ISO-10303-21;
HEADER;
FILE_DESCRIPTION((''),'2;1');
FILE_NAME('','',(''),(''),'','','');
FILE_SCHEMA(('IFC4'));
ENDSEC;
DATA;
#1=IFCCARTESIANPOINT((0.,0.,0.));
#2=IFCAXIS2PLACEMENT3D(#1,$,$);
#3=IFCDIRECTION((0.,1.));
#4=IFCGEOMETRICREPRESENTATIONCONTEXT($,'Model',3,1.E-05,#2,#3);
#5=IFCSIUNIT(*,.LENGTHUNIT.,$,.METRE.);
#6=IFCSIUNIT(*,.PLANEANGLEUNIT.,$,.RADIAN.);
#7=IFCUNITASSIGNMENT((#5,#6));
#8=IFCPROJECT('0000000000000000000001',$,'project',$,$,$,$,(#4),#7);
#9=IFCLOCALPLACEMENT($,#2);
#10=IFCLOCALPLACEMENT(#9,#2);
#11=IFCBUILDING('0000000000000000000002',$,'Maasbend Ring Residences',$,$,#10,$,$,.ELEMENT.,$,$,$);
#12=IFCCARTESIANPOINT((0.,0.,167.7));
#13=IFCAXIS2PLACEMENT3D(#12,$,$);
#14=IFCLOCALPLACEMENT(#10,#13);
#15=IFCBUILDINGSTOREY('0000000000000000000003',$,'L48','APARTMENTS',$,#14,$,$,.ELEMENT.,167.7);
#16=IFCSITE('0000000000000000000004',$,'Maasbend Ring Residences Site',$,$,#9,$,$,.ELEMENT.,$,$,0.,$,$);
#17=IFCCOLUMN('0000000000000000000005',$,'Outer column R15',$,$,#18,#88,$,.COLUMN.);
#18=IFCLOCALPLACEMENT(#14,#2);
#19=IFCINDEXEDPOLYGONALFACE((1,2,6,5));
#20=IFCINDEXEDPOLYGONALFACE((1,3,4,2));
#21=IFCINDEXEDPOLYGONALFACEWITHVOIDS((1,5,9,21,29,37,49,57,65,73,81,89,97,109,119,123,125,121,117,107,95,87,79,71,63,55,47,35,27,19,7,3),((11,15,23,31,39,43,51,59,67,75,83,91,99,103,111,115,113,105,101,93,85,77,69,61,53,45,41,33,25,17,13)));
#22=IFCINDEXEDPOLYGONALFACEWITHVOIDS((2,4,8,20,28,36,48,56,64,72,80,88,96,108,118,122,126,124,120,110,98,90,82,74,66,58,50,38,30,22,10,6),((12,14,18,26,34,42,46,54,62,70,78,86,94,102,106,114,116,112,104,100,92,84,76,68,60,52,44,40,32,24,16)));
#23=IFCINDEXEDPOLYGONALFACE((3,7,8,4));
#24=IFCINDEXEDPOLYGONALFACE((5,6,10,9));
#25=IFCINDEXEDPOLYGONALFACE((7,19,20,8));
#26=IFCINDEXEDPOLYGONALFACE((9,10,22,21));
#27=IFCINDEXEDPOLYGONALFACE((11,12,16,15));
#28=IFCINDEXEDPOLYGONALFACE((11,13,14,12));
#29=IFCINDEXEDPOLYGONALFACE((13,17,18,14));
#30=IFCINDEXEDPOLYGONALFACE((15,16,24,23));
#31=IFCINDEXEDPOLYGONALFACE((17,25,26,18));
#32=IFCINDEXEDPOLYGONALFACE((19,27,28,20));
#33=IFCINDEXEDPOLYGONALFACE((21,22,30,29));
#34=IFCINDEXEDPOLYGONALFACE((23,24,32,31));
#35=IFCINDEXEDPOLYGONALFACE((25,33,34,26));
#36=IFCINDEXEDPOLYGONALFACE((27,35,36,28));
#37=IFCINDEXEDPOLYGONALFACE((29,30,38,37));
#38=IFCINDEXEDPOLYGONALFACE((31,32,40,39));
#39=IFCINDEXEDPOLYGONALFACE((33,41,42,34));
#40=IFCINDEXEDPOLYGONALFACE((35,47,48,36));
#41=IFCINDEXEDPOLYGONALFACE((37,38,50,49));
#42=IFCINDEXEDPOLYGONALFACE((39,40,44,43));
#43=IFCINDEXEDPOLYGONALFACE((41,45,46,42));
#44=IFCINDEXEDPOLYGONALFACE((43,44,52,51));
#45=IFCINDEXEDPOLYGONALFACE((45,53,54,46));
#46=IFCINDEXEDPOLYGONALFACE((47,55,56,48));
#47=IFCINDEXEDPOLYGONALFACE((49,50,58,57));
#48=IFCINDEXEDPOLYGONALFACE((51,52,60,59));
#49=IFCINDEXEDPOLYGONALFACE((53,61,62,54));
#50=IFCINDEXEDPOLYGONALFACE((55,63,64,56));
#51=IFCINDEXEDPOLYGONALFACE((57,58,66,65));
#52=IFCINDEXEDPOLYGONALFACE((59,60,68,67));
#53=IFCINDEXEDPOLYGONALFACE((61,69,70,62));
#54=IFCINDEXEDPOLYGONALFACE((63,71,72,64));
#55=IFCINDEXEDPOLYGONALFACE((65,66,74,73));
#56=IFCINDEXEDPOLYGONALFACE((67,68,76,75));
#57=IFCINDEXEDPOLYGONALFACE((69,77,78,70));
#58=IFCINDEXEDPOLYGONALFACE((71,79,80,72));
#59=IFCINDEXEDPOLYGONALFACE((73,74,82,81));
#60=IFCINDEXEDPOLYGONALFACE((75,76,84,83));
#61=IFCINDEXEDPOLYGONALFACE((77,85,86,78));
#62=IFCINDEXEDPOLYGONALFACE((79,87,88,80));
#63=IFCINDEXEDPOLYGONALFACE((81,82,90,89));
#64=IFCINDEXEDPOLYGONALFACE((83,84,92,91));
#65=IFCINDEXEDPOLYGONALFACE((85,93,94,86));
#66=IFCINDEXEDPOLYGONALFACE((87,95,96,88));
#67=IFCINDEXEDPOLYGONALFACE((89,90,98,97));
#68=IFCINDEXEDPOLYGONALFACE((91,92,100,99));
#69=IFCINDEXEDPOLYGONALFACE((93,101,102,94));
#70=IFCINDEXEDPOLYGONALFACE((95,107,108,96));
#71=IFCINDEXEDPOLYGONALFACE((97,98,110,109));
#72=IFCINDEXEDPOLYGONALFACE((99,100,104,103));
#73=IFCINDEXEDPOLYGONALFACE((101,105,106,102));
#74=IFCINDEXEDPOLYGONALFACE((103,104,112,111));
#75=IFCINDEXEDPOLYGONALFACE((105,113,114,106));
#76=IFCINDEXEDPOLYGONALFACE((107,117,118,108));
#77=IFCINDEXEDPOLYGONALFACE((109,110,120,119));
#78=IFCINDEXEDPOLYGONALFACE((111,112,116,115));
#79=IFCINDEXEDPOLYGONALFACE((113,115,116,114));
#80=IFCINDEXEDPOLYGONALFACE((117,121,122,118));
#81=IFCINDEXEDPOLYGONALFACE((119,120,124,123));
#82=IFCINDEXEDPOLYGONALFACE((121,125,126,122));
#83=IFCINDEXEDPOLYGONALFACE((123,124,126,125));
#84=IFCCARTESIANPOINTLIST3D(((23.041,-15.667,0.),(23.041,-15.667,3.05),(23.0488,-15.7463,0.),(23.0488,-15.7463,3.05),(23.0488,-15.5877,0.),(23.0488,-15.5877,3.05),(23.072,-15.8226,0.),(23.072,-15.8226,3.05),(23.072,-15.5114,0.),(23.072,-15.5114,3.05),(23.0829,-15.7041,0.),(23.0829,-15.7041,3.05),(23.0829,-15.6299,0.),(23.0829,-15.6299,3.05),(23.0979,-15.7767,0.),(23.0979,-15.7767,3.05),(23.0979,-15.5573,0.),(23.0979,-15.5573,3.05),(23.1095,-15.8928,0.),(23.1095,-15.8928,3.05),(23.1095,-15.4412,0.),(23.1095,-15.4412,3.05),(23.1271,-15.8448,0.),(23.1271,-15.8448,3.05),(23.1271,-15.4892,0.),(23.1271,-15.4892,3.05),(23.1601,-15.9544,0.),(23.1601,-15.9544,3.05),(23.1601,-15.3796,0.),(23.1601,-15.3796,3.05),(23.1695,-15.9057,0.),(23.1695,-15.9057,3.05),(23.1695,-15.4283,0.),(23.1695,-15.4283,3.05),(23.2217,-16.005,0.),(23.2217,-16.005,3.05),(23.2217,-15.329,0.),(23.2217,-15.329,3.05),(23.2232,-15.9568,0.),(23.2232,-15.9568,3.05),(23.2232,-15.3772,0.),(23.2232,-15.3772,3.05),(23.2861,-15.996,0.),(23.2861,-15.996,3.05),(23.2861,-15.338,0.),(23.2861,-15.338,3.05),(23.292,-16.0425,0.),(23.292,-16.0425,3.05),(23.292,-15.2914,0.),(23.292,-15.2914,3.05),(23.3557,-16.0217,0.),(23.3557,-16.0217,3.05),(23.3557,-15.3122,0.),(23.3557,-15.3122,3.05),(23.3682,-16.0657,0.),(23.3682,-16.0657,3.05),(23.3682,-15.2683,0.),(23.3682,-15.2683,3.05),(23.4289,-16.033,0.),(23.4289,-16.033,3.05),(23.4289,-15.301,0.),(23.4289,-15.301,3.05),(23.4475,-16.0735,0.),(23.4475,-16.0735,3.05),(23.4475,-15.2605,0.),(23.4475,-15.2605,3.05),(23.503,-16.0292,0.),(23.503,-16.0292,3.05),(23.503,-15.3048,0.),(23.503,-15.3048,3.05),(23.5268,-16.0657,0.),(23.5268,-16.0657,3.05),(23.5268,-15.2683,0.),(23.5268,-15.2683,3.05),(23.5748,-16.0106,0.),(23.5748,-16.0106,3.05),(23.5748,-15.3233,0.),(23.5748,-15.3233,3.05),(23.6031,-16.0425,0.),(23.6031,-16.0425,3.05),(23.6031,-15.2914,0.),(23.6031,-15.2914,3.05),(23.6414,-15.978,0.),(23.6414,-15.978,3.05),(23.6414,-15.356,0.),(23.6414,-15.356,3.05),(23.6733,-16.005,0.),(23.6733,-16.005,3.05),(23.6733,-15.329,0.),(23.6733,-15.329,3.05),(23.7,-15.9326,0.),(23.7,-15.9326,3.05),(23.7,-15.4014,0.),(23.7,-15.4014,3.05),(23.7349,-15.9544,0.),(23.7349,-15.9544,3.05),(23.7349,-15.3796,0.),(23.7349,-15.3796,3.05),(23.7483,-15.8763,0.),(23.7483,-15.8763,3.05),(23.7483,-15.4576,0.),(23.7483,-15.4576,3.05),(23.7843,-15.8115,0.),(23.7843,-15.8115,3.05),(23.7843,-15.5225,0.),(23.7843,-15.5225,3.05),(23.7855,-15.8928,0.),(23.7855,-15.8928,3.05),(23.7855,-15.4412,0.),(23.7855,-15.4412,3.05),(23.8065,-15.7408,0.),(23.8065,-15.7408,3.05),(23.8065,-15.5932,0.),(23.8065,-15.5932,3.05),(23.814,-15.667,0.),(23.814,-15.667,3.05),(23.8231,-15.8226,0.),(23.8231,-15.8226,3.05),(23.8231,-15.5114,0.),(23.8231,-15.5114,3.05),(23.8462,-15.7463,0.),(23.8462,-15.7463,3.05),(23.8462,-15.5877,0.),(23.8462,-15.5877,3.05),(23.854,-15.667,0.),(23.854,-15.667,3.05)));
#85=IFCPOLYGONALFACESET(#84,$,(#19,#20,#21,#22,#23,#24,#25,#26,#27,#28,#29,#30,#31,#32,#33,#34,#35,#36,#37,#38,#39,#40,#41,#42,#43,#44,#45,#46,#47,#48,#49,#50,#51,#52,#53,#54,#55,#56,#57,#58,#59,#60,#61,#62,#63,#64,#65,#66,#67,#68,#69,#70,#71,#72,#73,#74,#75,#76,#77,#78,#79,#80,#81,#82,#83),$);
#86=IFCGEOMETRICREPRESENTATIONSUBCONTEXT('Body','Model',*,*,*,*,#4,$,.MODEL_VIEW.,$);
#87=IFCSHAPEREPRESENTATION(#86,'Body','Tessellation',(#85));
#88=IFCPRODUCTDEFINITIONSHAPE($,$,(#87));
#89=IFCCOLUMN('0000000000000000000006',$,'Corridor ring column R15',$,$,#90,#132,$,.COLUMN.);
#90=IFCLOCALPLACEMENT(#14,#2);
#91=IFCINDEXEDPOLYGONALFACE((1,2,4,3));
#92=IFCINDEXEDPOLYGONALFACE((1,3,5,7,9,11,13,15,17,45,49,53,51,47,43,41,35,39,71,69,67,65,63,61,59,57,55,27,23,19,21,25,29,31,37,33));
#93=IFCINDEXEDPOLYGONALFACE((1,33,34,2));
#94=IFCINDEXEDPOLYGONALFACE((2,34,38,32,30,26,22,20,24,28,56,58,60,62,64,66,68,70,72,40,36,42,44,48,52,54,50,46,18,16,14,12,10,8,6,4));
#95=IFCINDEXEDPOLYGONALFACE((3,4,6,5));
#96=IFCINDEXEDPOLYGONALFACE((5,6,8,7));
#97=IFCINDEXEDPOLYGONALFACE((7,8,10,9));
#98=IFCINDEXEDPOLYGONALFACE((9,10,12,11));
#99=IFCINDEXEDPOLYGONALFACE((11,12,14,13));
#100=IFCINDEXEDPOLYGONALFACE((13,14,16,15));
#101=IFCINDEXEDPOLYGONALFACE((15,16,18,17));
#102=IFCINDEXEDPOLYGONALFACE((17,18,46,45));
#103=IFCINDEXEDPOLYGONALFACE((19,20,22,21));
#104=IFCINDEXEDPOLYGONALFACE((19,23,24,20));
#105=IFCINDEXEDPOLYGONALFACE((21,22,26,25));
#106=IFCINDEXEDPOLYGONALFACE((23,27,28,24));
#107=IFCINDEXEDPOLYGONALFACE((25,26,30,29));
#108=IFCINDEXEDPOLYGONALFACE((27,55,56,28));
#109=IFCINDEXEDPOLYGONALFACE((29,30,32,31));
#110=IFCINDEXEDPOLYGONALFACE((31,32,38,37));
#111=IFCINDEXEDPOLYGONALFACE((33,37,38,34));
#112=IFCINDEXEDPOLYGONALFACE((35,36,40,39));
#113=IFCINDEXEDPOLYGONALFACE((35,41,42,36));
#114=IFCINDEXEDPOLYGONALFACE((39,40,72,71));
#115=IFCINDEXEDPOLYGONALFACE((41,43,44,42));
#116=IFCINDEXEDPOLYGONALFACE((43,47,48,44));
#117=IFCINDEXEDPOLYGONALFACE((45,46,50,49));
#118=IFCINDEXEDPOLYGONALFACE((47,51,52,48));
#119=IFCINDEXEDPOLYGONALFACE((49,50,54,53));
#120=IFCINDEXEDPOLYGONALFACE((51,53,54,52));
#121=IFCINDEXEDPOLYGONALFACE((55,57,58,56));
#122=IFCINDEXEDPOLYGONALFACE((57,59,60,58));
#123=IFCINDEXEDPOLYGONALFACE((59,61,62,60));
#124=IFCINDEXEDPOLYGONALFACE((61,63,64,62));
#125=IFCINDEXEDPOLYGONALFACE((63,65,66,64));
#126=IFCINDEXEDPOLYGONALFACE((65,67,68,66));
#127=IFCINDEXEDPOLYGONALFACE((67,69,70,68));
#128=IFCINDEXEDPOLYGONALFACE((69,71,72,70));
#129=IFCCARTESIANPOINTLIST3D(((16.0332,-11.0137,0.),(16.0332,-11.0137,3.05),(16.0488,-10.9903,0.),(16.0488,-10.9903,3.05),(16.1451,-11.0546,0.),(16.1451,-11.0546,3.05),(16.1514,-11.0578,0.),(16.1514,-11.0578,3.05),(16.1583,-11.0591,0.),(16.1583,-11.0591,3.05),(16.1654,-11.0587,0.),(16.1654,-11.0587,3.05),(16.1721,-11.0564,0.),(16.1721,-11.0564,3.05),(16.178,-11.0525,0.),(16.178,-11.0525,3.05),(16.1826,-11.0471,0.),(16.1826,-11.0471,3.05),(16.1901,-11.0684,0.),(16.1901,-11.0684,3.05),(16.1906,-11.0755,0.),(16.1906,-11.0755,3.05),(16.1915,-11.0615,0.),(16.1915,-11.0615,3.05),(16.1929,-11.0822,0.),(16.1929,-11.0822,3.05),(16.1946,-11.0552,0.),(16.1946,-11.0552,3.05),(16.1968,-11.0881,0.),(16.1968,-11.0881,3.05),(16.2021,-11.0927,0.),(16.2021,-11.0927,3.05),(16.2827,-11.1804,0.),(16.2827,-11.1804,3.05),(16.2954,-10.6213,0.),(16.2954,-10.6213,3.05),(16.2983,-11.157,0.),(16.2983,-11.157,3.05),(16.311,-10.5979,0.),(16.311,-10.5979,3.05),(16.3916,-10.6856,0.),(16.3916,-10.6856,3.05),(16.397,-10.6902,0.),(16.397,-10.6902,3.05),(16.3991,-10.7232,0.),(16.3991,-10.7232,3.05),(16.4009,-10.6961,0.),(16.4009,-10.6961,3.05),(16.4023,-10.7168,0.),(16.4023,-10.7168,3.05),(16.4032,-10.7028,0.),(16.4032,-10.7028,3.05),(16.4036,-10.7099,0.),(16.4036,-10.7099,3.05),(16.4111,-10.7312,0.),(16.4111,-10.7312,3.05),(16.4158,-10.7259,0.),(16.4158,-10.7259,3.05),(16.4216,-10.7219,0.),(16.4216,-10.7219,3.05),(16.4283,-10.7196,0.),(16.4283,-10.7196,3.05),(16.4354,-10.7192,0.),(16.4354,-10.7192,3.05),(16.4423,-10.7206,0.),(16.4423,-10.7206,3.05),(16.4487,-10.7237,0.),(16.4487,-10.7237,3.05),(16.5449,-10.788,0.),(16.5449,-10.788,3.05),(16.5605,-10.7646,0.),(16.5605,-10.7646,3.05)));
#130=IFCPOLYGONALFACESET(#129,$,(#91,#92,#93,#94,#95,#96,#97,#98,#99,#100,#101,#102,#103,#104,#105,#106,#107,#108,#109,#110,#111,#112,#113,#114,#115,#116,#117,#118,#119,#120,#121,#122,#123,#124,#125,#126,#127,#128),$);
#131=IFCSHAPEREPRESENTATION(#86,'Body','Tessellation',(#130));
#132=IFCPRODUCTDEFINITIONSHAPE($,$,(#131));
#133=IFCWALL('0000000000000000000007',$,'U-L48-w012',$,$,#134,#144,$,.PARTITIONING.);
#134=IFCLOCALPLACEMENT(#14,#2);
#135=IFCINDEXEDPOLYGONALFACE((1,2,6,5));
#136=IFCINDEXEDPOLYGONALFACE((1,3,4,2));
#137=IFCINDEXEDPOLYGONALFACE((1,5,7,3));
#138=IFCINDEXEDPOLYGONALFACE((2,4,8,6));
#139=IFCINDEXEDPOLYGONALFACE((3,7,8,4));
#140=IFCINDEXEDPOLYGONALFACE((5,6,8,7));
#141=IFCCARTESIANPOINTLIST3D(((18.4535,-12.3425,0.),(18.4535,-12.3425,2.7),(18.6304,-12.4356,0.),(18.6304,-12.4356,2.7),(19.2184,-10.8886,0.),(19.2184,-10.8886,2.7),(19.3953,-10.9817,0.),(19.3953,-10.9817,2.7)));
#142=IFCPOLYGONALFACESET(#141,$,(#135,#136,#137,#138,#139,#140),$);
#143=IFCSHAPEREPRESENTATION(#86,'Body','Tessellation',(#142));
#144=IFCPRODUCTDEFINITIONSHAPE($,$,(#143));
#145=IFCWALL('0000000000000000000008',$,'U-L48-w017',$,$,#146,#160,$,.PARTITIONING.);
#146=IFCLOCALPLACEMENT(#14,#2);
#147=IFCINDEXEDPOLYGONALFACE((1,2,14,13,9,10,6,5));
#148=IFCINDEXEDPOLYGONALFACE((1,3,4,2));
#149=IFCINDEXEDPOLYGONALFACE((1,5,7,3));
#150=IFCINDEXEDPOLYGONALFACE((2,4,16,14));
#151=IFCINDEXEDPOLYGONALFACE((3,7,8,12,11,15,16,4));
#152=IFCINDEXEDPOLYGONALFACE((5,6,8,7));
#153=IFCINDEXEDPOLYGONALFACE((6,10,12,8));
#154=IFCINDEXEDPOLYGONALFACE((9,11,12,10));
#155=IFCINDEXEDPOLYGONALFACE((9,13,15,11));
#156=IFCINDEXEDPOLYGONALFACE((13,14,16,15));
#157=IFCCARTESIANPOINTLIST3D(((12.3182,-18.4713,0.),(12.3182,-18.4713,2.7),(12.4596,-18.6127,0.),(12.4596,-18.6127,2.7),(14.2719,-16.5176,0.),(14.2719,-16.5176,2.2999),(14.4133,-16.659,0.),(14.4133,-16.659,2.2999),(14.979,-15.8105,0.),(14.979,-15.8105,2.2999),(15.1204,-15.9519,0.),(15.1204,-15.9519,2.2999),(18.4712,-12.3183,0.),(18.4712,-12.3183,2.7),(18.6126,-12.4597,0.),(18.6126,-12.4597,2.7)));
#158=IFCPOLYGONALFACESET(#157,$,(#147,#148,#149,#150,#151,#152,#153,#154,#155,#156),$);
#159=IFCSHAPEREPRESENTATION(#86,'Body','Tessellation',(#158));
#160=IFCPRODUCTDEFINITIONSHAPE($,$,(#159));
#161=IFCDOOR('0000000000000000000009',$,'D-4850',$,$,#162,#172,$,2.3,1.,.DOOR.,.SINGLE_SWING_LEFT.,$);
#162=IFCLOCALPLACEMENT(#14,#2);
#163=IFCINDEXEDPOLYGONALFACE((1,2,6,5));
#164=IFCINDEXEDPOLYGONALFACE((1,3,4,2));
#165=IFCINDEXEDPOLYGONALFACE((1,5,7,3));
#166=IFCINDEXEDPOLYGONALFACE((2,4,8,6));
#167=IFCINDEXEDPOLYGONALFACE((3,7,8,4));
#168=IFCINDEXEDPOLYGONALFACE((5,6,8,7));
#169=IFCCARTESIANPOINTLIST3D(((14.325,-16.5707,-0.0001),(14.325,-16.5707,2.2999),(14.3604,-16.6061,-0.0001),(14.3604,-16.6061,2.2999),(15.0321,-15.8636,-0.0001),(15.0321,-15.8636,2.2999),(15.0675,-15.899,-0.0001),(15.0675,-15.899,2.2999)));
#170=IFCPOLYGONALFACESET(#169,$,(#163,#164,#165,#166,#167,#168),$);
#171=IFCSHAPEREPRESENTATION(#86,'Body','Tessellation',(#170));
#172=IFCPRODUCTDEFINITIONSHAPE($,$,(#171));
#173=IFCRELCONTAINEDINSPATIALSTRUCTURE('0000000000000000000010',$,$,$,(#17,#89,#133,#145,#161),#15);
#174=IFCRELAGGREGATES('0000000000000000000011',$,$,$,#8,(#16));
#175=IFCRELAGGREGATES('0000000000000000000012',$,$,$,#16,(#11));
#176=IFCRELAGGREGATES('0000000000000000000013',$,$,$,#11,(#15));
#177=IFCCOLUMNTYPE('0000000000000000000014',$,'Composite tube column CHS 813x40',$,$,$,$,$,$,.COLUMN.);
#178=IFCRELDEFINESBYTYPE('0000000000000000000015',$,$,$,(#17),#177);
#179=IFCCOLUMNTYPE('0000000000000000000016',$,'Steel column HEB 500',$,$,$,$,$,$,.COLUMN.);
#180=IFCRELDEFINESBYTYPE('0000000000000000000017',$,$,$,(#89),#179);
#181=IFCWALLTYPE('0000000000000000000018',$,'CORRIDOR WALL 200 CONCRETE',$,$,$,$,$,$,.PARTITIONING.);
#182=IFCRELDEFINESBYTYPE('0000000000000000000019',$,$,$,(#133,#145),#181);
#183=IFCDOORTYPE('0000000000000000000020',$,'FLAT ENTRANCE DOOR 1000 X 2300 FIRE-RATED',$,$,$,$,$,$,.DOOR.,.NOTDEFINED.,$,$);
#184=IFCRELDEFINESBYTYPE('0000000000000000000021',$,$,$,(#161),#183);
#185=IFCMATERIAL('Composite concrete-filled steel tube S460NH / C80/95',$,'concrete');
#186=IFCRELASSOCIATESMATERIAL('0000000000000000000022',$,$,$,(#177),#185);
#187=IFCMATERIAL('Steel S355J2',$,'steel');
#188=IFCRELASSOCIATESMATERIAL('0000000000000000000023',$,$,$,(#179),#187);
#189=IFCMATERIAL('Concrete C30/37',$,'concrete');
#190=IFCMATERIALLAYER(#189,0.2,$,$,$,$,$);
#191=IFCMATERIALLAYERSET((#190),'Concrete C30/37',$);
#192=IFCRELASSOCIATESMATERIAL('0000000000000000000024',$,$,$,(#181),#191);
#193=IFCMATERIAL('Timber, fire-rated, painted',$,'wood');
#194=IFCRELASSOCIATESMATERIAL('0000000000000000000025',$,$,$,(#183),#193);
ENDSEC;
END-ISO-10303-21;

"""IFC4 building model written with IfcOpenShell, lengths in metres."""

from ifc_helpers import new_model, si_unit, direction, frame, frame_2d, origin, origin_2d, place, context, subcontext, project, spatial, rectangle, hollow_circle, i_section, extrude, material, layer, layer_set, material_profile, profile_set, type_object, element, fill, save


model = new_model("IFC4")

# Units and contexts
model_context = context("Model", 3, precision=1e-05, world=origin(), true_north=direction((0.0, 1.0)))
body_context = subcontext(model_context, "Body", "Model", "MODEL_VIEW")
ifc_project = project(units=[si_unit("LENGTHUNIT", "METRE"), si_unit("PLANEANGLEUNIT", "RADIAN")], contexts=[model_context])

# Site, building, storey
site_placement = place(None, origin())
site = spatial("IfcSite", under=ifc_project, at=site_placement, Name="Maasbend Ring Residences Site", CompositionType="ELEMENT", RefElevation=0.0)
building_placement = place(site_placement, origin())
building = spatial("IfcBuilding", under=site, at=building_placement, Name="Maasbend Ring Residences", CompositionType="ELEMENT")
storey_placement = place(building_placement, frame((0.0, 0.0, 167.7)))
storey = spatial("IfcBuildingStorey", under=building, at=storey_placement, Name="L48", Description="APARTMENTS", CompositionType="ELEMENT", Elevation=167.7)

# Columns
ifc_material_1 = material(Name="Composite concrete-filled steel tube S460NH / C80/95", Category="concrete")
ifc_material_profile_1 = material_profile(ifc_material_1, hollow_circle(Radius=0.4065, WallThickness=0.04, at=origin_2d()), Name="Composite tube column CHS 813x40")
ifc_profile_set_1 = profile_set([ifc_material_profile_1], Name="Composite concrete-filled steel tube S460NH / C80/95")
column_type_1 = type_object("IfcColumnType", Name="Composite tube column CHS 813x40", PredefinedType="COLUMN", material=ifc_profile_set_1)
column_1_placement = place(storey_placement, frame((23.4475, -15.667, 0.0), z_axis=(0.0, 0.0, 1.0), x_axis=(1.0, 0.0, 0.0)))
element("IfcColumn", 1, at=column_1_placement, inside=storey, type_object=column_type_1, Name="Outer column R15", PredefinedType="COLUMN", context=body_context, shape_type="SweptSolid", body=[
    extrude(hollow_circle(Radius=0.4065, WallThickness=0.04, at=origin_2d()), origin(), (0.0, 0.0, 1.0), 3.05),
])
ifc_material_2 = material(Name="Steel S355J2", Category="steel")
ifc_material_profile_2 = material_profile(ifc_material_2, i_section(OverallWidth=0.3, OverallDepth=0.5, WebThickness=0.0144, FlangeThickness=0.0281, FilletRadius=0.0271, at=origin_2d()), Name="HEB 500")
ifc_profile_set_2 = profile_set([ifc_material_profile_2], Name="Steel S355J2")
column_type_2 = type_object("IfcColumnType", Name="Steel column HEB 500", PredefinedType="COLUMN", material=ifc_profile_set_2)
column_2_placement = place(storey_placement, frame((16.2969, -10.8892, 0.0), z_axis=(0.0, 0.0, 1.0), x_axis=(0.83147, -0.55557, 0.0)))
element("IfcColumn", 2, at=column_2_placement, inside=storey, type_object=column_type_2, Name="Corridor ring column R15", PredefinedType="COLUMN", context=body_context, shape_type="SweptSolid", body=[
    extrude(i_section(OverallWidth=0.3, OverallDepth=0.5, WebThickness=0.0144, FlangeThickness=0.0281, FilletRadius=0.0271, at=origin_2d()), origin(), (0.0, 0.0, 1.0), 3.05),
])

# Wall
ifc_material_3 = material(Name="Concrete C30/37", Category="concrete")
ifc_layer_1 = layer(ifc_material_3, 0.2)
ifc_layer_set_1 = layer_set([ifc_layer_1], Name="Concrete C30/37")
wall_type_1 = type_object("IfcWallType", Name="CORRIDOR WALL 200 CONCRETE", PredefinedType="PARTITIONING", material=ifc_layer_set_1)
wall_1_placement = place(storey_placement, frame((18.542, -12.3889, 0.0), z_axis=(0.0, 0.0, 1.0), x_axis=(0.465606, 0.884992, 0.0)))
element("IfcWall", 3, at=wall_1_placement, inside=storey, type_object=wall_type_1, Name="U-L48-w012", PredefinedType="PARTITIONING", context=body_context, shape_type="SweptSolid", body=[
    extrude(rectangle(XDim=1.6428, YDim=0.2, at=frame_2d((0.8213, 0.0))), origin(), (0.0, 0.0, 1.0), 2.7),
])

# Wall, opening, door
wall_2_placement = place(storey_placement, frame((12.3889, -18.542, 0.0), z_axis=(0.0, 0.0, 1.0), x_axis=(0.707107, 0.707107, 0.0)))
wall_2 = element("IfcWall", 4, at=wall_2_placement, inside=storey, type_object=wall_type_1, Name="U-L48-w017", PredefinedType="PARTITIONING", context=body_context, shape_type="SweptSolid", body=[
    extrude(rectangle(XDim=8.7017, YDim=0.2, at=frame_2d((4.3508, 0.0))), origin(), (0.0, 0.0, 1.0), 2.7),
])
opening_1_placement = place(wall_2_placement, frame((2.7629, 0.0, 0.0)))
opening_1 = element("IfcOpeningElement", 5, at=opening_1_placement, cuts=wall_2, PredefinedType="OPENING", context=body_context, shape_type="SweptSolid", body=[
    extrude(rectangle(XDim=1.0, YDim=2.3, at=frame_2d((0.5, 1.1499))), frame((0.0, 0.1099, 0.0), z_axis=(0.0, -1.0, 0.0), x_axis=(1.0, 0.0, 0.0)), (0.0, 0.0, 1.0), 0.22),
])
ifc_material_4 = material(Name="Timber, fire-rated, painted", Category="wood")
door_type_1 = type_object("IfcDoorType", Name="FLAT ENTRANCE DOOR 1000 X 2300 FIRE-RATED", OperationType="NOTDEFINED", PredefinedType="DOOR", material=ifc_material_4)
door_1_placement = place(opening_1_placement, origin())
door_1 = element("IfcDoor", 6, at=door_1_placement, inside=storey, type_object=door_type_1, Name="D-4850", OperationType="SINGLE_SWING_LEFT", OverallHeight=2.3, OverallWidth=1.0, PredefinedType="DOOR", context=body_context, shape_type="SweptSolid", body=[
    extrude(rectangle(XDim=1.0, YDim=2.3, at=frame_2d((0.5, 1.1499))), frame((0.0, 0.0249, 0.0), z_axis=(0.0, -1.0, 0.0), x_axis=(1.0, 0.0, 0.0)), (0.0, 0.0, 1.0), 0.05),
])
fill(opening_1, door_1)

save(model, "model.ifc")
